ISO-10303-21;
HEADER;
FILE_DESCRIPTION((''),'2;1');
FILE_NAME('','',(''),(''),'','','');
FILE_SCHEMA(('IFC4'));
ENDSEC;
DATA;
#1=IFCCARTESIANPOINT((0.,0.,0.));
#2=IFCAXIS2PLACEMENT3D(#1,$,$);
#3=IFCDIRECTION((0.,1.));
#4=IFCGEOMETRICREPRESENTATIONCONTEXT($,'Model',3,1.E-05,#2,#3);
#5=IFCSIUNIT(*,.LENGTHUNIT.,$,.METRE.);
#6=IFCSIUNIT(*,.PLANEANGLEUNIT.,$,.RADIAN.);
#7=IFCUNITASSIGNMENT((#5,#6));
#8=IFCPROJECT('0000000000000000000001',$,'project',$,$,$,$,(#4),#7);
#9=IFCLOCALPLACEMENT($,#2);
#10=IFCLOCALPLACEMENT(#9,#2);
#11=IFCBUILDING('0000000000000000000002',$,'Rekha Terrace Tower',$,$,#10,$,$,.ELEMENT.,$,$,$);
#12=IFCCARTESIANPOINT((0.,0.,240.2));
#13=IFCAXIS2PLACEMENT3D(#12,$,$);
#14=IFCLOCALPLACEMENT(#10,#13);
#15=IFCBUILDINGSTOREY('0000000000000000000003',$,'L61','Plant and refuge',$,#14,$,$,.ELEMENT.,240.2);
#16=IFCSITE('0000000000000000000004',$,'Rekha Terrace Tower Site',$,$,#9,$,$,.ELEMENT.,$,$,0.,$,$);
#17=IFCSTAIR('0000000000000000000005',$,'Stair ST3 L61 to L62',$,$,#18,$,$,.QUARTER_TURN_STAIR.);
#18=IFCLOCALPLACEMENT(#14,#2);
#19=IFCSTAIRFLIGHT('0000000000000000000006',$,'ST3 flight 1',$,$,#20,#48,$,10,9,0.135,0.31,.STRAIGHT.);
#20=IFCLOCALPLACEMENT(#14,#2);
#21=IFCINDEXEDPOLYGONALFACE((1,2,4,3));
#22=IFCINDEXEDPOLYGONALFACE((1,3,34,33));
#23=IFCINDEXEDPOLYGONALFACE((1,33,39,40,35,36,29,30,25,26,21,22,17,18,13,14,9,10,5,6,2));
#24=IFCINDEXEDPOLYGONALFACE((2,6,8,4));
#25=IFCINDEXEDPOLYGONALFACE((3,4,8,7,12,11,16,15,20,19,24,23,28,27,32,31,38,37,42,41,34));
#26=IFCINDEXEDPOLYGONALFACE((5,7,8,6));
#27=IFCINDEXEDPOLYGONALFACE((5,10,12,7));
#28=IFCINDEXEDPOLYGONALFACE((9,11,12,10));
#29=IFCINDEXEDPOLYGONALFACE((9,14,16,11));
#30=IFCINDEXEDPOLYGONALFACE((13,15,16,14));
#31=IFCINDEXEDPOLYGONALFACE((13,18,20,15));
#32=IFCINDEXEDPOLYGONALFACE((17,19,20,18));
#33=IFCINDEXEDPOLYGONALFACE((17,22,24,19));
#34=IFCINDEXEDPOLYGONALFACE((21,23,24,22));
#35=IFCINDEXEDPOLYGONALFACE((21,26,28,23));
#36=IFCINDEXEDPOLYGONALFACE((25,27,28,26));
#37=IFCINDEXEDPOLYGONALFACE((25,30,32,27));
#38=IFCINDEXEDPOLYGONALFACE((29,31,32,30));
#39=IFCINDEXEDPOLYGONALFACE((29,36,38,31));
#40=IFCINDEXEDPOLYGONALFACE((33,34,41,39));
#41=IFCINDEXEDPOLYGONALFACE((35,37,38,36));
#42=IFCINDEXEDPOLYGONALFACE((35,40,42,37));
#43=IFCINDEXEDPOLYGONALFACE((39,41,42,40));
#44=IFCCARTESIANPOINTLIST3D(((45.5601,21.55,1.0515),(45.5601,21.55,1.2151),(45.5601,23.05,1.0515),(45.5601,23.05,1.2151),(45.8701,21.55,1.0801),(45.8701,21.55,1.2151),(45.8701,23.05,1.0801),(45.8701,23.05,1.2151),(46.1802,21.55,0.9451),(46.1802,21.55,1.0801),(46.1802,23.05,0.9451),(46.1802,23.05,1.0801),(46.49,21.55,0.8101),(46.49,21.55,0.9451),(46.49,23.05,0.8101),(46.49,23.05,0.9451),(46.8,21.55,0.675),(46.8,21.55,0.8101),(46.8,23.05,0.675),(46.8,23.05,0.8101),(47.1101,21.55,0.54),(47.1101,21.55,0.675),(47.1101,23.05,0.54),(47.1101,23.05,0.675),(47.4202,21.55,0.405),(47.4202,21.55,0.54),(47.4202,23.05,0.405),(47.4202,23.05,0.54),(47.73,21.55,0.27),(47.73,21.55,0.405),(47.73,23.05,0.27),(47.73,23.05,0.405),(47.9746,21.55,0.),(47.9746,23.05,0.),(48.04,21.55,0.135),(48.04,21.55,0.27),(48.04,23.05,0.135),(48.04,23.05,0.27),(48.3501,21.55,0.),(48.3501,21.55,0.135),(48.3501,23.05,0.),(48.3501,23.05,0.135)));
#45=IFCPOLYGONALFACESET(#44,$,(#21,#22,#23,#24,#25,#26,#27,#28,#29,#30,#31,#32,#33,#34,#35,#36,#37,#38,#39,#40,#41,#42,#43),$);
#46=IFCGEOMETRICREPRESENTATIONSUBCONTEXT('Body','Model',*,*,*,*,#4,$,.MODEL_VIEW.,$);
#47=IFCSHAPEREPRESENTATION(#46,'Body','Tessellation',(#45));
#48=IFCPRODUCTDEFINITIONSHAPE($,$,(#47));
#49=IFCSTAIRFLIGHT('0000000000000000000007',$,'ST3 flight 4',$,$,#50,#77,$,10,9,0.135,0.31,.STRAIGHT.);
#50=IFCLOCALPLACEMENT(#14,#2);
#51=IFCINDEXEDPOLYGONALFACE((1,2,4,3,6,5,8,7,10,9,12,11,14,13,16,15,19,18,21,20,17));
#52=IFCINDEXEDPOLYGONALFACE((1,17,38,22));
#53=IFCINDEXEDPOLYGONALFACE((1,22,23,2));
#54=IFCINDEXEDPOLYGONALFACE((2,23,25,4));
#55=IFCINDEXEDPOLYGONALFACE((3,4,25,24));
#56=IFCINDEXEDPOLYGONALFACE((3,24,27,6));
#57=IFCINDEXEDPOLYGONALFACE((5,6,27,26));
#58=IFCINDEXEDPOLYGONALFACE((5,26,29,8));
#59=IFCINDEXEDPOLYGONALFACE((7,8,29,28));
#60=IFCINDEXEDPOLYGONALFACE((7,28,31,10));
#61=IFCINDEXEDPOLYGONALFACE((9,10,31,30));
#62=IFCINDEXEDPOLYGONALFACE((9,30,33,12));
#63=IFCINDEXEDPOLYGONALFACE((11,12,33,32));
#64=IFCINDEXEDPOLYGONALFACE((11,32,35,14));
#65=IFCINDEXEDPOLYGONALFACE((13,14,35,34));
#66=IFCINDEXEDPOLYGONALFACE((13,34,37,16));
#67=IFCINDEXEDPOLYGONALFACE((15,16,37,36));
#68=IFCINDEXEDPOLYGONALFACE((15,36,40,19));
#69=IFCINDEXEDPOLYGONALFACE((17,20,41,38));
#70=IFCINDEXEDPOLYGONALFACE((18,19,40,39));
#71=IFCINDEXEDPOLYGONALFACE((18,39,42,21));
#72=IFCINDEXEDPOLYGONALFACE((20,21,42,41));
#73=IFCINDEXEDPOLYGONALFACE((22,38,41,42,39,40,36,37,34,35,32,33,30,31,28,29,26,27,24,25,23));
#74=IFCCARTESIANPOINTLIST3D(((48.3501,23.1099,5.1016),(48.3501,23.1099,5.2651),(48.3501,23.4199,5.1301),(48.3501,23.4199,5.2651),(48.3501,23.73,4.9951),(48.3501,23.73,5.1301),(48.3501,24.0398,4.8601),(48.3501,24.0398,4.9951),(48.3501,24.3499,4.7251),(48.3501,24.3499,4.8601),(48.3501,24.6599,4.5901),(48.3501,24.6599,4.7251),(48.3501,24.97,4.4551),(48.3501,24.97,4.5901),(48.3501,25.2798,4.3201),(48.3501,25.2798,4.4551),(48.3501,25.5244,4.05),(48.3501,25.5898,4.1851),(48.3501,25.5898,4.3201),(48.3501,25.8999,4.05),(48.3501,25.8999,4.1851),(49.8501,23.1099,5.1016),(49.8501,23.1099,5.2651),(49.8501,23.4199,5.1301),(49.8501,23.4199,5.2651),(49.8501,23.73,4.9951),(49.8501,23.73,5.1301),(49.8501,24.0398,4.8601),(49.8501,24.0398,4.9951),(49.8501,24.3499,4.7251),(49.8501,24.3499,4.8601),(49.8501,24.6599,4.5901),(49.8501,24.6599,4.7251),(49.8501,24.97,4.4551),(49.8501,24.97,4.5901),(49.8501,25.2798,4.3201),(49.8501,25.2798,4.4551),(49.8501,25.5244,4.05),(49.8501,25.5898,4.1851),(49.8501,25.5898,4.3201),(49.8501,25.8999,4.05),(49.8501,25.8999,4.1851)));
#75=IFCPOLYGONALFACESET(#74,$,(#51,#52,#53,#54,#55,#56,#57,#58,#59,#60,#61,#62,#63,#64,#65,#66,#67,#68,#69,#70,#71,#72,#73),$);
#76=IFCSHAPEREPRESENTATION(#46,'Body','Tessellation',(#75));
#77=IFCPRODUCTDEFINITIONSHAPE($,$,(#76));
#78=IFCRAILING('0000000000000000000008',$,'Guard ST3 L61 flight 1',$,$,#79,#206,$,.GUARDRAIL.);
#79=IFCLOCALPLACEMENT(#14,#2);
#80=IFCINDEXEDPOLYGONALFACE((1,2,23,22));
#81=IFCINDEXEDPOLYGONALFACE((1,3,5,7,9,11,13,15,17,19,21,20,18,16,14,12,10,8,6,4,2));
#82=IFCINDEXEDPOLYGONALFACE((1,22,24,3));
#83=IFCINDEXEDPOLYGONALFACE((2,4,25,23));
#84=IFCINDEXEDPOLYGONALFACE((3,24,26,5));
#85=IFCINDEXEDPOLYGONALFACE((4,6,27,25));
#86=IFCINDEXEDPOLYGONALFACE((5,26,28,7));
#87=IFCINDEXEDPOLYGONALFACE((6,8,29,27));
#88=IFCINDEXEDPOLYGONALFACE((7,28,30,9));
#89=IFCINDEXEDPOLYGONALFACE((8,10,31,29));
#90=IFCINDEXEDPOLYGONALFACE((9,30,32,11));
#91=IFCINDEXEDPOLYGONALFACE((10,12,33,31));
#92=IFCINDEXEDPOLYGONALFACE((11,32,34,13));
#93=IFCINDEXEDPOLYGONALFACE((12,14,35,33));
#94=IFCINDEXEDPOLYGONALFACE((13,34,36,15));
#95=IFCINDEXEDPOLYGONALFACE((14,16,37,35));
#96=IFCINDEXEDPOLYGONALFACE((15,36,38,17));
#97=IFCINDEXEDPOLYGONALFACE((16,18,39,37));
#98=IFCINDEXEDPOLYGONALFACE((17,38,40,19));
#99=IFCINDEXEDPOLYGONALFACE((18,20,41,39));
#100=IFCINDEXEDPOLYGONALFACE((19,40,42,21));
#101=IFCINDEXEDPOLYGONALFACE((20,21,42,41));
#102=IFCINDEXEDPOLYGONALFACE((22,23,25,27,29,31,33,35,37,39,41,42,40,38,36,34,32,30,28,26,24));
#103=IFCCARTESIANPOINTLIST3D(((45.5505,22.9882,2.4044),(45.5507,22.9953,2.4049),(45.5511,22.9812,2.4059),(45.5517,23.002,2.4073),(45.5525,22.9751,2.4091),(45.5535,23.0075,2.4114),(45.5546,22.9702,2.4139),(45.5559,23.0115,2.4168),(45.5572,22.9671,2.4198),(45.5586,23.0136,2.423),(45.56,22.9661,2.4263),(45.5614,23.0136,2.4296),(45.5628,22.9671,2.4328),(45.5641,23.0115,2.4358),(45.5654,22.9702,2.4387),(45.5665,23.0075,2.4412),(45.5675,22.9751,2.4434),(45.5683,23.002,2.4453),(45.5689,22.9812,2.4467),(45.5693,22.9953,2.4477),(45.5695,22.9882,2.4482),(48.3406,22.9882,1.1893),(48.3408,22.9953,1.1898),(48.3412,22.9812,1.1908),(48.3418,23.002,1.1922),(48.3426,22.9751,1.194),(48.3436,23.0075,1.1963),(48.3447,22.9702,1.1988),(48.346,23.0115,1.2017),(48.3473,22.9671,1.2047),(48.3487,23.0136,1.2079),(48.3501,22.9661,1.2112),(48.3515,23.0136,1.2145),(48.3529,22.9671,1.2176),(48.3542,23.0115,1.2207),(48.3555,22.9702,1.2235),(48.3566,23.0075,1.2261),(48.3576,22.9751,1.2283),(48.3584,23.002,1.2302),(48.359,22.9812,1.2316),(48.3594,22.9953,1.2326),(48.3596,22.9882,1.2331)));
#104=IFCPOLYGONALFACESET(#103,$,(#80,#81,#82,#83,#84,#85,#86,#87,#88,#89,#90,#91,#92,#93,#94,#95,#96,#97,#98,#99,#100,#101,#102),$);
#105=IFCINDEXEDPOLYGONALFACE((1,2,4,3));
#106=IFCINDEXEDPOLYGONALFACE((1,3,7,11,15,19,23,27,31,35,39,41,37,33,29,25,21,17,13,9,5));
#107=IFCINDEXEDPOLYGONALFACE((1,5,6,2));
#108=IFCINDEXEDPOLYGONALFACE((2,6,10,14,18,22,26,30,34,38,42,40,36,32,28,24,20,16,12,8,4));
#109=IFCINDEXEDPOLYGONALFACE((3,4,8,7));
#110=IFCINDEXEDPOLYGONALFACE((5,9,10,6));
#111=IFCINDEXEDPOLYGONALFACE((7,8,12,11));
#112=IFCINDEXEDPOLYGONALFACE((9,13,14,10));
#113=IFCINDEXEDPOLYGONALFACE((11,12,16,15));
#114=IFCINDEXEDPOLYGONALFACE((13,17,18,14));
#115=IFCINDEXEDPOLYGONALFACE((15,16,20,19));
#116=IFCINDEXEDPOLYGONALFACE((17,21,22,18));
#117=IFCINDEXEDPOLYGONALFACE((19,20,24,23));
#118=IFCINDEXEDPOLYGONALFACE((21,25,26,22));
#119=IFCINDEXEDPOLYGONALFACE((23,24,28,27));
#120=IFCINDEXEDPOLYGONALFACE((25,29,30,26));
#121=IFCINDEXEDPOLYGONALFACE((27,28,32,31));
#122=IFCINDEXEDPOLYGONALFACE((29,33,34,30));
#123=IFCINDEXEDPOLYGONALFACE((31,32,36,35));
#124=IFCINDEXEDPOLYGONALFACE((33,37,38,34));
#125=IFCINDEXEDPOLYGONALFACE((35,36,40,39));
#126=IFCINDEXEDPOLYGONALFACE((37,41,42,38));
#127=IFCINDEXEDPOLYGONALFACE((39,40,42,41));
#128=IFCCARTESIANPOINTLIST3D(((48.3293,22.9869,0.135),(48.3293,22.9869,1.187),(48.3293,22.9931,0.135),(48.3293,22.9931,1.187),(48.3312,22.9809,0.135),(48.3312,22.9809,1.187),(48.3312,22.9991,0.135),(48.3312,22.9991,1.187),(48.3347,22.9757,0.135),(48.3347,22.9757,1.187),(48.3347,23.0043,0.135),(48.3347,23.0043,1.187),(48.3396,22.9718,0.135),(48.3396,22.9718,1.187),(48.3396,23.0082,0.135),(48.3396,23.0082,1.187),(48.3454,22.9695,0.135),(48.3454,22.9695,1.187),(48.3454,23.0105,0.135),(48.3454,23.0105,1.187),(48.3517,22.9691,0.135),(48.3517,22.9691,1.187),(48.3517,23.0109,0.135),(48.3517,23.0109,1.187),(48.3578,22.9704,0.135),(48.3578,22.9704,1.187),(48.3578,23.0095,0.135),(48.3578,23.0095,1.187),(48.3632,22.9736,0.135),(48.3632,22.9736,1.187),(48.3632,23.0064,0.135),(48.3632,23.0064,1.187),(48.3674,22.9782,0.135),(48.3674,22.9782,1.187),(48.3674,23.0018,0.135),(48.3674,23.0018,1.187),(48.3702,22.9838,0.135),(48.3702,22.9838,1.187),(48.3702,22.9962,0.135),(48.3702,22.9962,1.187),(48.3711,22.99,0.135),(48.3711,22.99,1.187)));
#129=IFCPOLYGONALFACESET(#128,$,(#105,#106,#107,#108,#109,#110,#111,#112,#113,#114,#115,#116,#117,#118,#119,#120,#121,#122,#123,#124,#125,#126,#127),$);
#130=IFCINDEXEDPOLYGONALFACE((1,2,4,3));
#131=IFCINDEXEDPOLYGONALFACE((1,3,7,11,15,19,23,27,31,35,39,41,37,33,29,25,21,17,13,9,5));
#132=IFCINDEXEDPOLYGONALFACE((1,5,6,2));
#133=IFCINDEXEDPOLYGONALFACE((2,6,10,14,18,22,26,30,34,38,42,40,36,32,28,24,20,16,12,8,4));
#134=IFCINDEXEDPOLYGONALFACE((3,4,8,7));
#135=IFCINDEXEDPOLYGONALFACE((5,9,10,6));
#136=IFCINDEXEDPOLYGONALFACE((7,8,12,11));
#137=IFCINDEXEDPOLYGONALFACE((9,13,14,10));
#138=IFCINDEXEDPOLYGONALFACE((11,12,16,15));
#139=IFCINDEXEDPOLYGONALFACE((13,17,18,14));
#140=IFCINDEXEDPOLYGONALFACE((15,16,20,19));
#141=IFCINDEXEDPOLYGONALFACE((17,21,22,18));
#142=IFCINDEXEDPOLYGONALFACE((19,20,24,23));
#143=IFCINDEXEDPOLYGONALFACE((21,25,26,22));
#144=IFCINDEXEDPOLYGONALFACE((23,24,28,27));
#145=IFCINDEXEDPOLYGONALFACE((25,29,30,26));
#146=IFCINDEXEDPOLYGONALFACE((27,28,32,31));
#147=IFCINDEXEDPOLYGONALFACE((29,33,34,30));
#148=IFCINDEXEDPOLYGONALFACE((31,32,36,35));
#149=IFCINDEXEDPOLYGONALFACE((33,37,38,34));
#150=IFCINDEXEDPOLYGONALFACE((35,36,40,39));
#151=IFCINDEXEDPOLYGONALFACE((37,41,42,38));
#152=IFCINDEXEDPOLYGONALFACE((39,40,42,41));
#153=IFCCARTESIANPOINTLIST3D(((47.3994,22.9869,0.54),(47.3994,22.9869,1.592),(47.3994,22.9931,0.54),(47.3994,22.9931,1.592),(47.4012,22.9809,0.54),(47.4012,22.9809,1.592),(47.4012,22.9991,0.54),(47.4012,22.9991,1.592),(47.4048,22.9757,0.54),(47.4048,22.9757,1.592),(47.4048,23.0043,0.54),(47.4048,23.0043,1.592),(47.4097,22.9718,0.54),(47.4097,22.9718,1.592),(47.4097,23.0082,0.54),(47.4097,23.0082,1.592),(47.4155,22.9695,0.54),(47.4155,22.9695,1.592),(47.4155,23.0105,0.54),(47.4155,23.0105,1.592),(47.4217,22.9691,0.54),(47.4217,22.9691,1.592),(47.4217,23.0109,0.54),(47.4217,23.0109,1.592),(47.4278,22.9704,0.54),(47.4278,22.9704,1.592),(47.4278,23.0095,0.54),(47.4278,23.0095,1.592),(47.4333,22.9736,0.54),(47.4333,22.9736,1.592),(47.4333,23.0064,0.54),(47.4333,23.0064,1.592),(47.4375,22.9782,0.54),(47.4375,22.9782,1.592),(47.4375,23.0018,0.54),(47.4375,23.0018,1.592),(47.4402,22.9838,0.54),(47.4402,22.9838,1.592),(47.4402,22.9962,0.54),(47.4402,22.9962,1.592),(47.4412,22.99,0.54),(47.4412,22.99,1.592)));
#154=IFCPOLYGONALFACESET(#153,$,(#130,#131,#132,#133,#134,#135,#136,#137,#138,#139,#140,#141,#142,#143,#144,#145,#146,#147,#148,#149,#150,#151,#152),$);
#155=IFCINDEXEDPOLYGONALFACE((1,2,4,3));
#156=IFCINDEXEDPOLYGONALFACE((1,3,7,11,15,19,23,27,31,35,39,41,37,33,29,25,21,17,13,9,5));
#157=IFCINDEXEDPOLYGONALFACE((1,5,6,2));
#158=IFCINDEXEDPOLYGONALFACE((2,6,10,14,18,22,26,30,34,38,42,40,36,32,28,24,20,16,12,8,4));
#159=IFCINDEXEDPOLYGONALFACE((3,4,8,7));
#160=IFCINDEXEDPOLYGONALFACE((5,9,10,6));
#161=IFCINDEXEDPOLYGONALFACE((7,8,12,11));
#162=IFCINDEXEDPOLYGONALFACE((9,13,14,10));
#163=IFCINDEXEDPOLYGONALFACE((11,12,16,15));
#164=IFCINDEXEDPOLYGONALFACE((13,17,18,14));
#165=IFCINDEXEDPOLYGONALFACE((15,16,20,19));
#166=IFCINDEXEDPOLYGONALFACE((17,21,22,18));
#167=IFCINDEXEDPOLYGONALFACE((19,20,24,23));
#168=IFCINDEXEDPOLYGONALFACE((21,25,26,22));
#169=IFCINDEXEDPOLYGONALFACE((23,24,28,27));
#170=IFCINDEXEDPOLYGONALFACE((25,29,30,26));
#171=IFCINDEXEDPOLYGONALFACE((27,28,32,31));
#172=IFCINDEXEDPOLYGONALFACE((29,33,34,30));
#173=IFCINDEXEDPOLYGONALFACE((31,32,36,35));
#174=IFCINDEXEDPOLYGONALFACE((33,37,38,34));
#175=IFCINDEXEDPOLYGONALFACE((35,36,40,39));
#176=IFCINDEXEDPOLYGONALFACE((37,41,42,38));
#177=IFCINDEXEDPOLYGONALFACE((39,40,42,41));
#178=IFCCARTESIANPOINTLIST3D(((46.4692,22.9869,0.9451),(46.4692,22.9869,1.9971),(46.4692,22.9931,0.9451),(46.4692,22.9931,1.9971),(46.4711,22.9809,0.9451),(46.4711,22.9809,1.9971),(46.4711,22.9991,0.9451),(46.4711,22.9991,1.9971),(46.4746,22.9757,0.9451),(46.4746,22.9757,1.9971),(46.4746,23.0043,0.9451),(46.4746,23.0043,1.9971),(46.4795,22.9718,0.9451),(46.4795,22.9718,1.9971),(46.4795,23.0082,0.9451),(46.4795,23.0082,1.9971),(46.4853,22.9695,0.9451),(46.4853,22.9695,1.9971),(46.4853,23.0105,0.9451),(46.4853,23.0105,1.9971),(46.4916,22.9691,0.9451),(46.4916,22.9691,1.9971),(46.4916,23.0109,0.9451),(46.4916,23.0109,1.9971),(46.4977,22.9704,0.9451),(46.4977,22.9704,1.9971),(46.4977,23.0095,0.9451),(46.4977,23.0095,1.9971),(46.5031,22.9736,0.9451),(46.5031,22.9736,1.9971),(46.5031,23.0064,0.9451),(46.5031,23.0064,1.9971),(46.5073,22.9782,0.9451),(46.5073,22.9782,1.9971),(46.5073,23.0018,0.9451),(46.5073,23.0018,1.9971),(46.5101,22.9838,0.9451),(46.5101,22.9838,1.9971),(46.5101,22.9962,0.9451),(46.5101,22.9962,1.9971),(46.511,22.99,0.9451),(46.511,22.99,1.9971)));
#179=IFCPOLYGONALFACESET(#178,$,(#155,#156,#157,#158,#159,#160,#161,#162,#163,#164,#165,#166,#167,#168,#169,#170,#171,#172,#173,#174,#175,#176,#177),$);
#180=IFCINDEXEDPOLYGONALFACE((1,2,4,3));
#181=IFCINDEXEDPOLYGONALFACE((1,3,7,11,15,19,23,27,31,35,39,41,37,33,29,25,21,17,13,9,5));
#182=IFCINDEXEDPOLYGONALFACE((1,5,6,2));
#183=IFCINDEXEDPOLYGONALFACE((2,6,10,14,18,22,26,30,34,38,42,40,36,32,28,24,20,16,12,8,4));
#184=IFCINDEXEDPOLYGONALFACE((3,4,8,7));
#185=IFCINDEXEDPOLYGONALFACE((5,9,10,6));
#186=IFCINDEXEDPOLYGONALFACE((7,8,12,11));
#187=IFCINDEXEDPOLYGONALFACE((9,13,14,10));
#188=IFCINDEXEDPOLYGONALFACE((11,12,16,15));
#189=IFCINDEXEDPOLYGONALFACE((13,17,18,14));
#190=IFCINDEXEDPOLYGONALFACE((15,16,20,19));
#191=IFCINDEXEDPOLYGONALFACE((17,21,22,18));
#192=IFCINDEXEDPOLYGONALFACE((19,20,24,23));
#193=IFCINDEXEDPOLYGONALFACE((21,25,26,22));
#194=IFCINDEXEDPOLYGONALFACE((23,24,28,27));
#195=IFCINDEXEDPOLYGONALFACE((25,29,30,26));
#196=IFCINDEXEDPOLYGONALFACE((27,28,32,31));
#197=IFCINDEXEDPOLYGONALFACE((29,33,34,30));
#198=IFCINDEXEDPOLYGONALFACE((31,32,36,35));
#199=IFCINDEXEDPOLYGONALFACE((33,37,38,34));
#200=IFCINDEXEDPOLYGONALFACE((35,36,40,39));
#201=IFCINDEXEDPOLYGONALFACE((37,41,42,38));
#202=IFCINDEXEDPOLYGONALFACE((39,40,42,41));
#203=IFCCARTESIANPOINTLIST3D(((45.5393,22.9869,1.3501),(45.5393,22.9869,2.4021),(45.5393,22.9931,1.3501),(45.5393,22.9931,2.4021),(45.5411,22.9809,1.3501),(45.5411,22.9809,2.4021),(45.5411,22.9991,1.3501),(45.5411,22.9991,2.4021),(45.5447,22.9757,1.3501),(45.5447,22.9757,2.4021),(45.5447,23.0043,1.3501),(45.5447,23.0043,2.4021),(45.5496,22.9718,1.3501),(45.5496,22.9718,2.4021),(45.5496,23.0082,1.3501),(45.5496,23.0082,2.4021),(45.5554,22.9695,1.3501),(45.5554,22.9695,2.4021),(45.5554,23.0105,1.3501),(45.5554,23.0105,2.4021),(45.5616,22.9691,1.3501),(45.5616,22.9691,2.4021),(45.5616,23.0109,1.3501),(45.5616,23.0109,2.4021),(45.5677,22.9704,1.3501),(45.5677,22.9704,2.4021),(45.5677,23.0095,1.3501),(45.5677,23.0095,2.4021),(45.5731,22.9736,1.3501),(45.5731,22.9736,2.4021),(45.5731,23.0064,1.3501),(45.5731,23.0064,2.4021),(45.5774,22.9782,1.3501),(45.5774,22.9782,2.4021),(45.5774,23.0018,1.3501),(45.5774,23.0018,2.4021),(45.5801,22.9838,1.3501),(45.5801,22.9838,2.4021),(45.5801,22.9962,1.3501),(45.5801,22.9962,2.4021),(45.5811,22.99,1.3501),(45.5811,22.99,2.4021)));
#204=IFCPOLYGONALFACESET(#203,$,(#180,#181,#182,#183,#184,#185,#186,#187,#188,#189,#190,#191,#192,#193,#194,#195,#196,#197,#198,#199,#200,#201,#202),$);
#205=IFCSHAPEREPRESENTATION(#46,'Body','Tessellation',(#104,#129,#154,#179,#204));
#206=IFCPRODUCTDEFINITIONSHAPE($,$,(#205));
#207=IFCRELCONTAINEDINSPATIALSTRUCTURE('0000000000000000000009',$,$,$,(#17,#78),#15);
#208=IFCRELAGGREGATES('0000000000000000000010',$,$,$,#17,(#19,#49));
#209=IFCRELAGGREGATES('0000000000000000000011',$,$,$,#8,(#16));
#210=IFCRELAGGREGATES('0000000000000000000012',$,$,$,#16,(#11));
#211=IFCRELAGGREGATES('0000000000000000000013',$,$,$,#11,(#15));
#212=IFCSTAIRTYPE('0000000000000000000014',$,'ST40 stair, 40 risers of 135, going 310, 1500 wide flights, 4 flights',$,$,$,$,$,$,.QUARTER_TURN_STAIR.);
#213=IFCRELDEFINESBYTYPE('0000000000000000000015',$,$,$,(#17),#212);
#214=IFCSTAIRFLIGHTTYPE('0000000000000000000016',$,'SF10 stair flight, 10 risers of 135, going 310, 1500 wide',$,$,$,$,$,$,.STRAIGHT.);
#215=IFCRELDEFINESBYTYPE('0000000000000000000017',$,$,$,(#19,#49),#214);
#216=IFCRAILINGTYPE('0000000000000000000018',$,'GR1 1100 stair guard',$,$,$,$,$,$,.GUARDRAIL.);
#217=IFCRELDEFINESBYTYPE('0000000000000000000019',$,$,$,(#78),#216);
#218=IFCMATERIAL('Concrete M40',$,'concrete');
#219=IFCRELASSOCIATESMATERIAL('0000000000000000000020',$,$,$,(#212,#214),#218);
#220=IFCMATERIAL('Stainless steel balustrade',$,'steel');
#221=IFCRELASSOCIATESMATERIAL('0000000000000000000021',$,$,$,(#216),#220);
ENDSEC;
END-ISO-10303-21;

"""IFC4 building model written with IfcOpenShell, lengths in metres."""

from ifc_helpers import new_model, si_unit, direction, frame, origin, origin_2d, place, context, subcontext, project, spatial, polyline, circle, outline, extrude, material, type_object, element, aggregate, save


model = new_model("IFC4")

# Units and contexts
model_context = context("Model", 3, precision=1e-05, world=origin(), true_north=direction((0.0, 1.0)))
body_context = subcontext(model_context, "Body", "Model", "MODEL_VIEW")
ifc_project = project(units=[si_unit("LENGTHUNIT", "METRE"), si_unit("PLANEANGLEUNIT", "RADIAN")], contexts=[model_context])

# Site, building, storey
site_placement = place(None, origin())
site = spatial("IfcSite", under=ifc_project, at=site_placement, Name="Rekha Terrace Tower Site", CompositionType="ELEMENT", RefElevation=0.0)
building_placement = place(site_placement, origin())
building = spatial("IfcBuilding", under=site, at=building_placement, Name="Rekha Terrace Tower", CompositionType="ELEMENT")
storey_placement = place(building_placement, frame((0.0, 0.0, 240.2)))
storey = spatial("IfcBuildingStorey", under=building, at=storey_placement, Name="L61", Description="Plant and refuge", CompositionType="ELEMENT", Elevation=240.2)

# Stair, stair flights
ifc_material_1 = material(Name="Concrete M40", Category="concrete")
stair_type = type_object("IfcStairType", Name="ST40 stair, 40 risers of 135, going 310, 1500 wide flights, 4 flights", PredefinedType="QUARTER_TURN_STAIR", material=ifc_material_1)
stair_placement = place(storey_placement, origin())
stair = element("IfcStair", 1, at=stair_placement, inside=storey, type_object=stair_type, Name="Stair ST3 L61 to L62", PredefinedType="QUARTER_TURN_STAIR")
stair_flight_type = type_object("IfcStairFlightType", Name="SF10 stair flight, 10 risers of 135, going 310, 1500 wide", PredefinedType="STRAIGHT", material=ifc_material_1)
stair_flight_1_placement = place(storey_placement, frame((48.3501, 22.3, 0.0), z_axis=(0.0, 0.0, 1.0), x_axis=(-1.0, 0.0, 0.0)))
stair_flight_1 = element("IfcStairFlight", 2, at=stair_flight_1_placement, type_object=stair_flight_type, Name="ST3 flight 1", NumberOfRisers=10, NumberOfTreads=9, PredefinedType="STRAIGHT", RiserHeight=0.135, TreadLength=0.31, context=body_context, shape_type="SweptSolid", body=[
    extrude(outline(polyline([(0.0, 0.0), (0.0, 0.135), (0.3101, 0.135), (0.3101, 0.27), (0.6201, 0.27), (0.6201, 0.405), (0.9299, 0.405), (0.9299, 0.54), (1.24, 0.54), (1.24, 0.675), (1.55, 0.675), (1.55, 0.8101), (1.8601, 0.8101), (1.8601, 0.9451), (2.1699, 0.9451), (2.1699, 1.0801), (2.48, 1.0801), (2.48, 1.2151), (2.79, 1.2151), (2.79, 1.3501), (2.79, 1.0515), (0.3755, 0.0), (0.0, 0.0)])), frame((0.0, 0.75, 0.0), z_axis=(0.0, -1.0, 0.0), x_axis=(1.0, 0.0, 0.0)), (0.0, 0.0, 1.0), 1.5),
])
stair_flight_2_placement = place(storey_placement, frame((49.1001, 25.8999, 4.05), z_axis=(0.0, 0.0, 1.0), x_axis=(0.0, -1.0, 0.0)))
stair_flight_2 = element("IfcStairFlight", 3, at=stair_flight_2_placement, type_object=stair_flight_type, Name="ST3 flight 4", NumberOfRisers=10, NumberOfTreads=9, PredefinedType="STRAIGHT", RiserHeight=0.135, TreadLength=0.31, context=body_context, shape_type="SweptSolid", body=[
    extrude(outline(polyline([(0.0, 0.0), (0.0, 0.135), (0.3101, 0.135), (0.3101, 0.27), (0.6201, 0.27), (0.6201, 0.405), (0.9299, 0.405), (0.9299, 0.54), (1.24, 0.54), (1.24, 0.675), (1.55, 0.675), (1.55, 0.8101), (1.8601, 0.8101), (1.8601, 0.9451), (2.1699, 0.9451), (2.1699, 1.0801), (2.48, 1.0801), (2.48, 1.2151), (2.79, 1.2151), (2.79, 1.3501), (2.79, 1.0515), (0.3755, 0.0), (0.0, 0.0)])), frame((0.0, 0.75, 0.0), z_axis=(0.0, -1.0, 0.0), x_axis=(1.0, 0.0, 0.0)), (0.0, 0.0, 1.0), 1.5),
])
aggregate(stair, [stair_flight_1, stair_flight_2])

# Railing
ifc_material_2 = material(Name="Stainless steel balustrade", Category="steel")
railing_type_1 = type_object("IfcRailingType", Name="GR1 1100 stair guard", PredefinedType="GUARDRAIL", material=ifc_material_2)
railing_1_placement = place(storey_placement, frame((48.3501, 22.99, 0.135)))
element("IfcRailing", 4, at=railing_1_placement, inside=storey, type_object=railing_type_1, Name="Guard ST3 L61 flight 1", PredefinedType="GUARDRAIL", context=body_context, shape_type="SweptSolid", body=[
    extrude(circle(Radius=0.0239, at=origin_2d()), frame((0.0, 0.0, 1.0762), z_axis=(-0.916826, 0.0, 0.399286), x_axis=(0.0, -1.0, 0.0)), (0.0, 0.0, 1.0), 3.0432),
    extrude(circle(Radius=0.021, at=origin_2d()), origin(), (0.0, 0.0, 1.0), 1.052),
    extrude(circle(Radius=0.021, at=origin_2d()), frame((-0.9299, 0.0, 0.405)), (0.0, 0.0, 1.0), 1.052),
    extrude(circle(Radius=0.021, at=origin_2d()), frame((-1.8601, 0.0, 0.8101)), (0.0, 0.0, 1.0), 1.052),
    extrude(circle(Radius=0.021, at=origin_2d()), frame((-2.79, 0.0, 1.2151)), (0.0, 0.0, 1.0), 1.052),
])

save(model, "model.ifc")
